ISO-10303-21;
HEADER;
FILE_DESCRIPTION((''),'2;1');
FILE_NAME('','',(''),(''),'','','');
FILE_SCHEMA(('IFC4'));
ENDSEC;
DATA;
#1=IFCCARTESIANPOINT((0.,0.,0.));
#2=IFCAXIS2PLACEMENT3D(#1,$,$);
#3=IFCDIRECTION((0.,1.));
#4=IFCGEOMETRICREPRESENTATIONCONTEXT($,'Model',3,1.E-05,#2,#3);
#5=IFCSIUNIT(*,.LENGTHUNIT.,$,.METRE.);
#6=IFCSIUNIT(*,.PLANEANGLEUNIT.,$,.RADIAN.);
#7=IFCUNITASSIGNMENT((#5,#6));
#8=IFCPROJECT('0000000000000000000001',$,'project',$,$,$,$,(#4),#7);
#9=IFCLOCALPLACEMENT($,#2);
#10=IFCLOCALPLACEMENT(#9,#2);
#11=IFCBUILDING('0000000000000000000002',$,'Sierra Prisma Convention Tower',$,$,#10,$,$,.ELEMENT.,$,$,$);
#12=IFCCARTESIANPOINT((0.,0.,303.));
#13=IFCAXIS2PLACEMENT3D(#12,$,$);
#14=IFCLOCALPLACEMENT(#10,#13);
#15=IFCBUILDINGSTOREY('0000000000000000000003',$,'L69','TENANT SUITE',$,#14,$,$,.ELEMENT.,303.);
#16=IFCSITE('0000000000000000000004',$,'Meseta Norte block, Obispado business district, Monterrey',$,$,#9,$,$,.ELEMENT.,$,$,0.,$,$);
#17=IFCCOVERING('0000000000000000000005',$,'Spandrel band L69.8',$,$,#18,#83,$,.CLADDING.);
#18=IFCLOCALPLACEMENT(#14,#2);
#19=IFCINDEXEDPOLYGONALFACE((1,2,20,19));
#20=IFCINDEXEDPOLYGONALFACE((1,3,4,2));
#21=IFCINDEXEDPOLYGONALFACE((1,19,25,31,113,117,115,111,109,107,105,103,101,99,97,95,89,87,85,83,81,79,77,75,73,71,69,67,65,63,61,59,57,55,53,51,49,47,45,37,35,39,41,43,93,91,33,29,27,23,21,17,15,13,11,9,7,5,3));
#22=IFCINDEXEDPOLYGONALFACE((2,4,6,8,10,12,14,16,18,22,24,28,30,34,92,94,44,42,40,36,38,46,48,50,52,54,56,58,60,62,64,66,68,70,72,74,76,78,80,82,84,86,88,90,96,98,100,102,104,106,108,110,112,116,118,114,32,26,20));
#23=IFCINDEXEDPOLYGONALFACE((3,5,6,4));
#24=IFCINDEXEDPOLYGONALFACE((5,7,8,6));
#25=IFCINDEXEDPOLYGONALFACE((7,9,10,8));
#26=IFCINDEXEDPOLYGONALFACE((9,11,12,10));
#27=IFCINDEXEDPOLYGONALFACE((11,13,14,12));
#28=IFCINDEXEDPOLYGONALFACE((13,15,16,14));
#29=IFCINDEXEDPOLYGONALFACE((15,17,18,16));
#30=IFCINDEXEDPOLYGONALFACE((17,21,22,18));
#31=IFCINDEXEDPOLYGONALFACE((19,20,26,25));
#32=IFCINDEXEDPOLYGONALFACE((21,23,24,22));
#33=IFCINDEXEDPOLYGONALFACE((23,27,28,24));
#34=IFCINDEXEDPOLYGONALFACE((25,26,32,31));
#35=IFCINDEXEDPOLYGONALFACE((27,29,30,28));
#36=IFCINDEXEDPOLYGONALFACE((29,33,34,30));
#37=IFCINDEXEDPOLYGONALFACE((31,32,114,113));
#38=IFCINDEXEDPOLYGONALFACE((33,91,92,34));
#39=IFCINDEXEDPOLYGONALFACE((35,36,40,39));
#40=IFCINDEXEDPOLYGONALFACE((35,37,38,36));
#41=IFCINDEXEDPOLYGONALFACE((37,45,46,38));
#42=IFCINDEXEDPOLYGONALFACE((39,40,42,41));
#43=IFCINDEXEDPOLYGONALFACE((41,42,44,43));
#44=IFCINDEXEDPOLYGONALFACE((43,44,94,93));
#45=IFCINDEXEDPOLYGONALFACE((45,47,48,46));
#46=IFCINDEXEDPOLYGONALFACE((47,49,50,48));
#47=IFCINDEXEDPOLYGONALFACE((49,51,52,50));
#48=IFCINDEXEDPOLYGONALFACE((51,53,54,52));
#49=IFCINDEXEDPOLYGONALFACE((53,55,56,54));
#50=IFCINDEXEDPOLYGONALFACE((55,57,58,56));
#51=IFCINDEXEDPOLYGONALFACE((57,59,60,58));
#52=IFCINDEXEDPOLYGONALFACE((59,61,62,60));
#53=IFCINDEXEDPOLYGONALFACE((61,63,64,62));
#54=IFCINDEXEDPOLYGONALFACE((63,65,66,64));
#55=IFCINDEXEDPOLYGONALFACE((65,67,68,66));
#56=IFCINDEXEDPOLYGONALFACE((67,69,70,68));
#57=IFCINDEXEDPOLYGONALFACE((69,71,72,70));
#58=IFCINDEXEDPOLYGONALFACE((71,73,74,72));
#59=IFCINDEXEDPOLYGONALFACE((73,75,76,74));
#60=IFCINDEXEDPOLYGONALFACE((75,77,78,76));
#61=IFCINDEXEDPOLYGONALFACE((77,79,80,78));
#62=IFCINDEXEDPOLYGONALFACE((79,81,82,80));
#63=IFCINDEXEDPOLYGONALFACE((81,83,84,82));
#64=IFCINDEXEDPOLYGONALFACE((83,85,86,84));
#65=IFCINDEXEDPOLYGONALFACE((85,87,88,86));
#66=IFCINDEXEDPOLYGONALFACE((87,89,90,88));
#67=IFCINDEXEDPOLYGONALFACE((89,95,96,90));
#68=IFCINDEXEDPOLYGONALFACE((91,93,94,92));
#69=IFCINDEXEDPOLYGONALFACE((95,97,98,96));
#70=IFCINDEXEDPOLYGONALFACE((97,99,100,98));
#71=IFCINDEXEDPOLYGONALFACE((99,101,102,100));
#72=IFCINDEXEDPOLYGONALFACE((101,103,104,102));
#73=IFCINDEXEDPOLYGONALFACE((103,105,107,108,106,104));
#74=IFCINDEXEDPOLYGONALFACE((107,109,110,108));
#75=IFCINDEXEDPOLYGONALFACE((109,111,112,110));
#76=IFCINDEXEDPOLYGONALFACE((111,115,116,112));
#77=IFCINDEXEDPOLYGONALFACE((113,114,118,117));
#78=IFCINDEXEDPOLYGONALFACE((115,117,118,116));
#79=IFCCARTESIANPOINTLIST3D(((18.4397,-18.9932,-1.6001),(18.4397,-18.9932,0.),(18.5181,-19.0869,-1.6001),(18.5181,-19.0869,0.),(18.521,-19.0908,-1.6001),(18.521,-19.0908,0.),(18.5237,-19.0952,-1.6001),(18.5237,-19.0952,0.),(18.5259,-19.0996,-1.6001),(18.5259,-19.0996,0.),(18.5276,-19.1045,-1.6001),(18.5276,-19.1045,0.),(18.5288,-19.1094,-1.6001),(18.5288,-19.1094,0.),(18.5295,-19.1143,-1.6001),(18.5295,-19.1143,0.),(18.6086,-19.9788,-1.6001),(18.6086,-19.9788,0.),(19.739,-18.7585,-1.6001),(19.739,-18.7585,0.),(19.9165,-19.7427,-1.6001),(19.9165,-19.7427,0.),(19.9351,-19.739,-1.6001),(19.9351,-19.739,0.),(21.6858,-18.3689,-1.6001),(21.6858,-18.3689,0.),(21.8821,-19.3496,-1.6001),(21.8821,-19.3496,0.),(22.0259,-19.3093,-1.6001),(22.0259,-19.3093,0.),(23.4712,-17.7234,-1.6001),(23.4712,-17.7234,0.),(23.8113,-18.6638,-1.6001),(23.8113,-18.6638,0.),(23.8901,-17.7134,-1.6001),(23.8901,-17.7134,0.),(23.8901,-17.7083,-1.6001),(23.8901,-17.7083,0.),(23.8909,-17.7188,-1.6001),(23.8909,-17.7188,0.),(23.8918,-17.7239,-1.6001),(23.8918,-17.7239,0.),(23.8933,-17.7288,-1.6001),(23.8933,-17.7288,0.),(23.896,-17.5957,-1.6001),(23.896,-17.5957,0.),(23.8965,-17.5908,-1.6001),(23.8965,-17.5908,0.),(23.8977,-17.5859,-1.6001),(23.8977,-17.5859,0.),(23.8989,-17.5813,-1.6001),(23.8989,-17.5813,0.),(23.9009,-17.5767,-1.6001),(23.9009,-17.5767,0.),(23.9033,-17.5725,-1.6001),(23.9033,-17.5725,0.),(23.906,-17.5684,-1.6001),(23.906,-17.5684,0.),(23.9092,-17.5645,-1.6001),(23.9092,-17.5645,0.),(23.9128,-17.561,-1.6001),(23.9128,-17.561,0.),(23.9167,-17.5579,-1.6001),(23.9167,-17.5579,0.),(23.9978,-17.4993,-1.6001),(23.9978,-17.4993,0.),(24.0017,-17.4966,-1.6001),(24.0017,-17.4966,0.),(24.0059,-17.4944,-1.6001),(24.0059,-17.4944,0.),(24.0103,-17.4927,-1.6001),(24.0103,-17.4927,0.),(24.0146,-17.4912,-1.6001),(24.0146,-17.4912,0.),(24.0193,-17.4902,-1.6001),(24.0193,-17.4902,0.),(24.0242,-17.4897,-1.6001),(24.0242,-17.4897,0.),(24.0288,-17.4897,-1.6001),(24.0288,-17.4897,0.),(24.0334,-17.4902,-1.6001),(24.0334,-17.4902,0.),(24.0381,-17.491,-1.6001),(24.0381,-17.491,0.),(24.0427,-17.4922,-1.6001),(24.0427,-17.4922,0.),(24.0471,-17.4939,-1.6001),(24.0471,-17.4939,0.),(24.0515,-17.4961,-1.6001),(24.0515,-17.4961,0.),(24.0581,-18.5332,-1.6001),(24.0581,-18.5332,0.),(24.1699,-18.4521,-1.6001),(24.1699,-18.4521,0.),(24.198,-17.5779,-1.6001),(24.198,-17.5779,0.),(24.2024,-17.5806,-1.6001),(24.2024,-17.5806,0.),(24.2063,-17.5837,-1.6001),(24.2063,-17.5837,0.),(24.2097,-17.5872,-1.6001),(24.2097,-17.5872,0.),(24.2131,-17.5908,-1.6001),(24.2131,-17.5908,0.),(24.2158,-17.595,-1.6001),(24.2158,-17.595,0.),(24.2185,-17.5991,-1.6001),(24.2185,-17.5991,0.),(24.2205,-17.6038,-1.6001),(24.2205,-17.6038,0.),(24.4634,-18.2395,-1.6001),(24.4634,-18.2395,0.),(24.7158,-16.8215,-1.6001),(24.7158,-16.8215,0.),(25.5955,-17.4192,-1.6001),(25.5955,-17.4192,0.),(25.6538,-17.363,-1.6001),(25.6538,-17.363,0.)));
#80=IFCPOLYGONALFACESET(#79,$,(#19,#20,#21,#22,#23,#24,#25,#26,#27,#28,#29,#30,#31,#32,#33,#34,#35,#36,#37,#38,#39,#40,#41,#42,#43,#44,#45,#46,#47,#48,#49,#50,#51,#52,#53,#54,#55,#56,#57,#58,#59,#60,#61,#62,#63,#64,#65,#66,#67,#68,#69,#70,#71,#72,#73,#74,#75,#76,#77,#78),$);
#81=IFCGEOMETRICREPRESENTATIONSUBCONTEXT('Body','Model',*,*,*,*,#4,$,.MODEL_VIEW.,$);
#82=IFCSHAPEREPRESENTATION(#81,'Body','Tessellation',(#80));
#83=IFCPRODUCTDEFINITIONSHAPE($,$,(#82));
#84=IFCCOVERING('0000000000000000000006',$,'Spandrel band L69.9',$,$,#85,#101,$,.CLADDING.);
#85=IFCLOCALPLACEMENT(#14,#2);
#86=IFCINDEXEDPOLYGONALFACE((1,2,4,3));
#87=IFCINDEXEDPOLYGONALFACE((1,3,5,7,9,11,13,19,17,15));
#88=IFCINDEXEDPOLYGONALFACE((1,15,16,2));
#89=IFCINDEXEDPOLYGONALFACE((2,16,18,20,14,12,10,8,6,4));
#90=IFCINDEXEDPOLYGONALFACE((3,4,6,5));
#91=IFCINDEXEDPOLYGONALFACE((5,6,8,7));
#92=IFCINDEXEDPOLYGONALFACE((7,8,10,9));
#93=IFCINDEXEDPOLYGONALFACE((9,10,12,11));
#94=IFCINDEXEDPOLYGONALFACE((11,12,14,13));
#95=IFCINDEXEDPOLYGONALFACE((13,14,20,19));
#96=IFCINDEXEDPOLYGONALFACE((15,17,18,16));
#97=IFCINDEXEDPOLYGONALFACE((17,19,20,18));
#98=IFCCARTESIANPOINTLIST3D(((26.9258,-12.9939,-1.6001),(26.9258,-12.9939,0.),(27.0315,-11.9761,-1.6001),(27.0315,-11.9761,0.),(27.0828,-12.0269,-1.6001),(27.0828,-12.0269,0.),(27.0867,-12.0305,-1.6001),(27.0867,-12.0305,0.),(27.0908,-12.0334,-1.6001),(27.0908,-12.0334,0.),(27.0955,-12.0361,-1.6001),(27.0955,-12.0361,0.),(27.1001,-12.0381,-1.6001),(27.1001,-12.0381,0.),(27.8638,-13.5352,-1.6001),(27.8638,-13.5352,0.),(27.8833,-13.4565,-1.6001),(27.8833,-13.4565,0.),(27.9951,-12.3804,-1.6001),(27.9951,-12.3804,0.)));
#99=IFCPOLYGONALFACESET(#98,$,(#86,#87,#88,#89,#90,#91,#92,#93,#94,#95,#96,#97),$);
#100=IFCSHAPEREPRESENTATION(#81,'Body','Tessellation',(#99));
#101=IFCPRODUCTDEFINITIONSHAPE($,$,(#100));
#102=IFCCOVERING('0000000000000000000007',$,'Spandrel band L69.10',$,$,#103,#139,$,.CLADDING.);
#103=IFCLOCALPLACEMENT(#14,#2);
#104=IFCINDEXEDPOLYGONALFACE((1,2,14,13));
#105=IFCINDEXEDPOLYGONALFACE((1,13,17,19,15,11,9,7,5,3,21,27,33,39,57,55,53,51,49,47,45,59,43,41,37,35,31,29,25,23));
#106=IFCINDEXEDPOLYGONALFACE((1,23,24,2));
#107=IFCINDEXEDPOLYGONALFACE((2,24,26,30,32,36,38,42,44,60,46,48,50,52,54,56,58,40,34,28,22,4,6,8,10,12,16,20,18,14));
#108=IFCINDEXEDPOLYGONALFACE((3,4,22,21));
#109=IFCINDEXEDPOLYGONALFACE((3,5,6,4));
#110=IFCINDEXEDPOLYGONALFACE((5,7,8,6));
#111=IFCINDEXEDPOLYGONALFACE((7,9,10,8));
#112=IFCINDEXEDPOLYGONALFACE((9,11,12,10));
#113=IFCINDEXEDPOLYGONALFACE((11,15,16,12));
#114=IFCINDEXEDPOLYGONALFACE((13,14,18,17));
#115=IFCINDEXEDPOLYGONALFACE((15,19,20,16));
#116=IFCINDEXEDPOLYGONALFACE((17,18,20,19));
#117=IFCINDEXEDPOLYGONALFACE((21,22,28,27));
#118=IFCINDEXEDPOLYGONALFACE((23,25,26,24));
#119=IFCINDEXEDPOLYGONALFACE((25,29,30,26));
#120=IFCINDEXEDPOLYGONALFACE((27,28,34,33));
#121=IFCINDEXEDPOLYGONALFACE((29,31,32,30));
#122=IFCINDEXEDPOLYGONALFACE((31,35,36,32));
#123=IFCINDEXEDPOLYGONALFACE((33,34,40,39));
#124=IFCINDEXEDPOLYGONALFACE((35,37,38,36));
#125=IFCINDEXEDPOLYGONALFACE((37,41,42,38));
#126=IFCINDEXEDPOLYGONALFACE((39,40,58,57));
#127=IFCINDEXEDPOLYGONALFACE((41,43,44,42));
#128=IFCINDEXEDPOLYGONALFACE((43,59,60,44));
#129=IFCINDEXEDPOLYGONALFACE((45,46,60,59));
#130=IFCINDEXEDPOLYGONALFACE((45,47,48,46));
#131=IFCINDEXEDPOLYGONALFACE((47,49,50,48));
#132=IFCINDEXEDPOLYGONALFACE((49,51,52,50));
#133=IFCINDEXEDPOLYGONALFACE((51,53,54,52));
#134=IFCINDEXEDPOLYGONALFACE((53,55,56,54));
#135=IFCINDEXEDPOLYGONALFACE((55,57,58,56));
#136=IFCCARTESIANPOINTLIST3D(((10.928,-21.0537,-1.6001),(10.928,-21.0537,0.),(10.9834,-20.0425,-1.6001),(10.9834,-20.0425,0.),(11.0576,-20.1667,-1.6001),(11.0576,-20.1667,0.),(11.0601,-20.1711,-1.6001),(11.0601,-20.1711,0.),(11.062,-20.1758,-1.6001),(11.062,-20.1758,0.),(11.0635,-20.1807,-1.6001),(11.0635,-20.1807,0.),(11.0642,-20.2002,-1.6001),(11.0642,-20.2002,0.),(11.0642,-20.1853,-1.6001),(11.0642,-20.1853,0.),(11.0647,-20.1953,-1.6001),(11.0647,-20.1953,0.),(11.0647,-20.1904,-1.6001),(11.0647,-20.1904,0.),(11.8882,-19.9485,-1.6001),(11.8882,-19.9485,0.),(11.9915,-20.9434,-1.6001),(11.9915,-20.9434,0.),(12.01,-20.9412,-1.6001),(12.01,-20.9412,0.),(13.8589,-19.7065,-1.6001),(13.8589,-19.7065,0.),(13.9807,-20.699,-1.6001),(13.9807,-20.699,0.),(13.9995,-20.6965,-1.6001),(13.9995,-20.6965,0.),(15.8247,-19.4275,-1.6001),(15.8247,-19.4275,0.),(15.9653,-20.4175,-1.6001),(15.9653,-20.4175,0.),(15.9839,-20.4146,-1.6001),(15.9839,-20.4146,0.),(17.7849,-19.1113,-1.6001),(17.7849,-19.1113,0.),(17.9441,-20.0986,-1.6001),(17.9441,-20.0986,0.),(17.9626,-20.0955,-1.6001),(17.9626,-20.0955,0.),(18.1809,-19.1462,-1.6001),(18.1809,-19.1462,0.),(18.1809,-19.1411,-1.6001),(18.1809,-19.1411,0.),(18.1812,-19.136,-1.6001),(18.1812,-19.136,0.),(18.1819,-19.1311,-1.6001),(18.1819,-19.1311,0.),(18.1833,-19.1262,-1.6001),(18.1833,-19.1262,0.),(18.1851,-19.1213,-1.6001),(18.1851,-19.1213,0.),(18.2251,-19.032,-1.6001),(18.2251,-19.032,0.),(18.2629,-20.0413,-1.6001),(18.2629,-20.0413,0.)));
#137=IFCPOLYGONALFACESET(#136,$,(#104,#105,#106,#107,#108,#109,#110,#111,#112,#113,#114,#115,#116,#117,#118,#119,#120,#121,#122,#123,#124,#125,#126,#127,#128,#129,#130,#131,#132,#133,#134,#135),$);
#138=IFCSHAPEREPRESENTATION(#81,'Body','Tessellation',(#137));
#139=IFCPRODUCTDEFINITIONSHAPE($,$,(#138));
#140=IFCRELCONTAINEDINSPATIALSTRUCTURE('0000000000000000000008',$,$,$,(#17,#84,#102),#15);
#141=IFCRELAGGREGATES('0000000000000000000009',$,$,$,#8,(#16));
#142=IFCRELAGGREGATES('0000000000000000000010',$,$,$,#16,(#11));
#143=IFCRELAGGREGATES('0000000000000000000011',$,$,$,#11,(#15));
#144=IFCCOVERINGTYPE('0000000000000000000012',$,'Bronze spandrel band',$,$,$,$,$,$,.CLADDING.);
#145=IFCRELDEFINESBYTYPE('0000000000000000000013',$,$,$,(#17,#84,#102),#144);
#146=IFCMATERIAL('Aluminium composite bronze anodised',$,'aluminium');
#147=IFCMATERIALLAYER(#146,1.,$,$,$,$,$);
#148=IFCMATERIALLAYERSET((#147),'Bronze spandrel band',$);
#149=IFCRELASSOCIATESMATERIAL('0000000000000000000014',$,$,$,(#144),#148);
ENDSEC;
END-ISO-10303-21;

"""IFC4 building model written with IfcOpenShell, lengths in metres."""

from ifc_helpers import new_model, si_unit, direction, frame, origin, place, context, subcontext, project, spatial, polyline, outline, extrude, material, layer, layer_set, type_object, element, save


model = new_model("IFC4")

# Units and contexts
model_context = context("Model", 3, precision=1e-05, world=origin(), true_north=direction((0.0, 1.0)))
body_context = subcontext(model_context, "Body", "Model", "MODEL_VIEW")
ifc_project = project(units=[si_unit("LENGTHUNIT", "METRE"), si_unit("PLANEANGLEUNIT", "RADIAN")], contexts=[model_context])

# Site, building, storey
site_placement = place(None, origin())
site = spatial("IfcSite", under=ifc_project, at=site_placement, Name="Meseta Norte block, Obispado business district, Monterrey", CompositionType="ELEMENT", RefElevation=0.0)
building_placement = place(site_placement, origin())
building = spatial("IfcBuilding", under=site, at=building_placement, Name="Sierra Prisma Convention Tower", CompositionType="ELEMENT")
storey_placement = place(building_placement, frame((0.0, 0.0, 303.0)))
storey = spatial("IfcBuildingStorey", under=building, at=storey_placement, Name="L69", Description="TENANT SUITE", CompositionType="ELEMENT", Elevation=303.0)

# Coverings
ifc_material_1 = material(Name="Aluminium composite bronze anodised", Category="aluminium")
ifc_layer_1 = layer(ifc_material_1, 1.0)
ifc_layer_set_1 = layer_set([ifc_layer_1], Name="Bronze spandrel band")
covering_type_1 = type_object("IfcCoveringType", Name="Bronze spandrel band", PredefinedType="CLADDING", material=ifc_layer_set_1)
covering_1_placement = place(storey_placement, frame((0.0, 0.0, -1.6001)))
element("IfcCovering", 1, at=covering_1_placement, inside=storey, type_object=covering_type_1, Name="Spandrel band L69.8", PredefinedType="CLADDING", context=body_context, shape_type="SweptSolid", body=[
    extrude(outline(polyline([(24.2185, -17.5991), (24.2158, -17.595), (24.2131, -17.5908), (24.2097, -17.5872), (24.2063, -17.5837), (24.2024, -17.5806), (24.198, -17.5779), (24.0515, -17.4961), (24.0471, -17.4939), (24.0427, -17.4922), (24.0381, -17.491), (24.0334, -17.4902), (24.0288, -17.4897), (24.0242, -17.4897), (24.0193, -17.4902), (24.0146, -17.4912), (24.0103, -17.4927), (24.0059, -17.4944), (24.0017, -17.4966), (23.9978, -17.4993), (23.9167, -17.5579), (23.9128, -17.561), (23.9092, -17.5645), (23.906, -17.5684), (23.9033, -17.5725), (23.9009, -17.5767), (23.8989, -17.5813), (23.8977, -17.5859), (23.8965, -17.5908), (23.896, -17.5957), (23.8901, -17.7083), (23.8901, -17.7134), (23.8909, -17.7188), (23.8918, -17.7239), (23.8933, -17.7288), (24.1699, -18.4521), (24.0581, -18.5332), (23.8113, -18.6638), (22.0259, -19.3093), (21.8821, -19.3496), (19.9351, -19.739), (19.9165, -19.7427), (18.6086, -19.9788), (18.5295, -19.1143), (18.5288, -19.1094), (18.5276, -19.1045), (18.5259, -19.0996), (18.5237, -19.0952), (18.521, -19.0908), (18.5181, -19.0869), (18.4397, -18.9932), (19.739, -18.7585), (21.6858, -18.3689), (23.4712, -17.7234), (24.7158, -16.8215), (25.6538, -17.363), (25.5955, -17.4192), (24.4634, -18.2395), (24.2205, -17.6038), (24.2185, -17.5991)])), origin(), (0.0, 0.0, 1.0), 1.6001),
])
covering_2_placement = place(storey_placement, frame((0.0, 0.0, -1.6001)))
element("IfcCovering", 2, at=covering_2_placement, inside=storey, type_object=covering_type_1, Name="Spandrel band L69.9", PredefinedType="CLADDING", context=body_context, shape_type="SweptSolid", body=[
    extrude(outline(polyline([(27.0908, -12.0334), (27.0955, -12.0361), (27.1001, -12.0381), (27.9951, -12.3804), (27.8833, -13.4565), (27.8638, -13.5352), (26.9258, -12.9939), (27.0315, -11.9761), (27.0828, -12.0269), (27.0867, -12.0305), (27.0908, -12.0334)])), origin(), (0.0, 0.0, 1.0), 1.6001),
])
covering_3_placement = place(storey_placement, frame((0.0, 0.0, -1.6001)))
element("IfcCovering", 3, at=covering_3_placement, inside=storey, type_object=covering_type_1, Name="Spandrel band L69.10", PredefinedType="CLADDING", context=body_context, shape_type="SweptSolid", body=[
    extrude(outline(polyline([(11.0642, -20.2002), (11.0647, -20.1953), (11.0647, -20.1904), (11.0642, -20.1853), (11.0635, -20.1807), (11.062, -20.1758), (11.0601, -20.1711), (11.0576, -20.1667), (10.9834, -20.0425), (11.8882, -19.9485), (13.8589, -19.7065), (15.8247, -19.4275), (17.7849, -19.1113), (18.2251, -19.032), (18.1851, -19.1213), (18.1833, -19.1262), (18.1819, -19.1311), (18.1812, -19.136), (18.1809, -19.1411), (18.1809, -19.1462), (18.2629, -20.0413), (17.9626, -20.0955), (17.9441, -20.0986), (15.9839, -20.4146), (15.9653, -20.4175), (13.9995, -20.6965), (13.9807, -20.699), (12.01, -20.9412), (11.9915, -20.9434), (10.928, -21.0537), (11.0642, -20.2002)])), origin(), (0.0, 0.0, 1.0), 1.6001),
])

save(model, "model.ifc")
